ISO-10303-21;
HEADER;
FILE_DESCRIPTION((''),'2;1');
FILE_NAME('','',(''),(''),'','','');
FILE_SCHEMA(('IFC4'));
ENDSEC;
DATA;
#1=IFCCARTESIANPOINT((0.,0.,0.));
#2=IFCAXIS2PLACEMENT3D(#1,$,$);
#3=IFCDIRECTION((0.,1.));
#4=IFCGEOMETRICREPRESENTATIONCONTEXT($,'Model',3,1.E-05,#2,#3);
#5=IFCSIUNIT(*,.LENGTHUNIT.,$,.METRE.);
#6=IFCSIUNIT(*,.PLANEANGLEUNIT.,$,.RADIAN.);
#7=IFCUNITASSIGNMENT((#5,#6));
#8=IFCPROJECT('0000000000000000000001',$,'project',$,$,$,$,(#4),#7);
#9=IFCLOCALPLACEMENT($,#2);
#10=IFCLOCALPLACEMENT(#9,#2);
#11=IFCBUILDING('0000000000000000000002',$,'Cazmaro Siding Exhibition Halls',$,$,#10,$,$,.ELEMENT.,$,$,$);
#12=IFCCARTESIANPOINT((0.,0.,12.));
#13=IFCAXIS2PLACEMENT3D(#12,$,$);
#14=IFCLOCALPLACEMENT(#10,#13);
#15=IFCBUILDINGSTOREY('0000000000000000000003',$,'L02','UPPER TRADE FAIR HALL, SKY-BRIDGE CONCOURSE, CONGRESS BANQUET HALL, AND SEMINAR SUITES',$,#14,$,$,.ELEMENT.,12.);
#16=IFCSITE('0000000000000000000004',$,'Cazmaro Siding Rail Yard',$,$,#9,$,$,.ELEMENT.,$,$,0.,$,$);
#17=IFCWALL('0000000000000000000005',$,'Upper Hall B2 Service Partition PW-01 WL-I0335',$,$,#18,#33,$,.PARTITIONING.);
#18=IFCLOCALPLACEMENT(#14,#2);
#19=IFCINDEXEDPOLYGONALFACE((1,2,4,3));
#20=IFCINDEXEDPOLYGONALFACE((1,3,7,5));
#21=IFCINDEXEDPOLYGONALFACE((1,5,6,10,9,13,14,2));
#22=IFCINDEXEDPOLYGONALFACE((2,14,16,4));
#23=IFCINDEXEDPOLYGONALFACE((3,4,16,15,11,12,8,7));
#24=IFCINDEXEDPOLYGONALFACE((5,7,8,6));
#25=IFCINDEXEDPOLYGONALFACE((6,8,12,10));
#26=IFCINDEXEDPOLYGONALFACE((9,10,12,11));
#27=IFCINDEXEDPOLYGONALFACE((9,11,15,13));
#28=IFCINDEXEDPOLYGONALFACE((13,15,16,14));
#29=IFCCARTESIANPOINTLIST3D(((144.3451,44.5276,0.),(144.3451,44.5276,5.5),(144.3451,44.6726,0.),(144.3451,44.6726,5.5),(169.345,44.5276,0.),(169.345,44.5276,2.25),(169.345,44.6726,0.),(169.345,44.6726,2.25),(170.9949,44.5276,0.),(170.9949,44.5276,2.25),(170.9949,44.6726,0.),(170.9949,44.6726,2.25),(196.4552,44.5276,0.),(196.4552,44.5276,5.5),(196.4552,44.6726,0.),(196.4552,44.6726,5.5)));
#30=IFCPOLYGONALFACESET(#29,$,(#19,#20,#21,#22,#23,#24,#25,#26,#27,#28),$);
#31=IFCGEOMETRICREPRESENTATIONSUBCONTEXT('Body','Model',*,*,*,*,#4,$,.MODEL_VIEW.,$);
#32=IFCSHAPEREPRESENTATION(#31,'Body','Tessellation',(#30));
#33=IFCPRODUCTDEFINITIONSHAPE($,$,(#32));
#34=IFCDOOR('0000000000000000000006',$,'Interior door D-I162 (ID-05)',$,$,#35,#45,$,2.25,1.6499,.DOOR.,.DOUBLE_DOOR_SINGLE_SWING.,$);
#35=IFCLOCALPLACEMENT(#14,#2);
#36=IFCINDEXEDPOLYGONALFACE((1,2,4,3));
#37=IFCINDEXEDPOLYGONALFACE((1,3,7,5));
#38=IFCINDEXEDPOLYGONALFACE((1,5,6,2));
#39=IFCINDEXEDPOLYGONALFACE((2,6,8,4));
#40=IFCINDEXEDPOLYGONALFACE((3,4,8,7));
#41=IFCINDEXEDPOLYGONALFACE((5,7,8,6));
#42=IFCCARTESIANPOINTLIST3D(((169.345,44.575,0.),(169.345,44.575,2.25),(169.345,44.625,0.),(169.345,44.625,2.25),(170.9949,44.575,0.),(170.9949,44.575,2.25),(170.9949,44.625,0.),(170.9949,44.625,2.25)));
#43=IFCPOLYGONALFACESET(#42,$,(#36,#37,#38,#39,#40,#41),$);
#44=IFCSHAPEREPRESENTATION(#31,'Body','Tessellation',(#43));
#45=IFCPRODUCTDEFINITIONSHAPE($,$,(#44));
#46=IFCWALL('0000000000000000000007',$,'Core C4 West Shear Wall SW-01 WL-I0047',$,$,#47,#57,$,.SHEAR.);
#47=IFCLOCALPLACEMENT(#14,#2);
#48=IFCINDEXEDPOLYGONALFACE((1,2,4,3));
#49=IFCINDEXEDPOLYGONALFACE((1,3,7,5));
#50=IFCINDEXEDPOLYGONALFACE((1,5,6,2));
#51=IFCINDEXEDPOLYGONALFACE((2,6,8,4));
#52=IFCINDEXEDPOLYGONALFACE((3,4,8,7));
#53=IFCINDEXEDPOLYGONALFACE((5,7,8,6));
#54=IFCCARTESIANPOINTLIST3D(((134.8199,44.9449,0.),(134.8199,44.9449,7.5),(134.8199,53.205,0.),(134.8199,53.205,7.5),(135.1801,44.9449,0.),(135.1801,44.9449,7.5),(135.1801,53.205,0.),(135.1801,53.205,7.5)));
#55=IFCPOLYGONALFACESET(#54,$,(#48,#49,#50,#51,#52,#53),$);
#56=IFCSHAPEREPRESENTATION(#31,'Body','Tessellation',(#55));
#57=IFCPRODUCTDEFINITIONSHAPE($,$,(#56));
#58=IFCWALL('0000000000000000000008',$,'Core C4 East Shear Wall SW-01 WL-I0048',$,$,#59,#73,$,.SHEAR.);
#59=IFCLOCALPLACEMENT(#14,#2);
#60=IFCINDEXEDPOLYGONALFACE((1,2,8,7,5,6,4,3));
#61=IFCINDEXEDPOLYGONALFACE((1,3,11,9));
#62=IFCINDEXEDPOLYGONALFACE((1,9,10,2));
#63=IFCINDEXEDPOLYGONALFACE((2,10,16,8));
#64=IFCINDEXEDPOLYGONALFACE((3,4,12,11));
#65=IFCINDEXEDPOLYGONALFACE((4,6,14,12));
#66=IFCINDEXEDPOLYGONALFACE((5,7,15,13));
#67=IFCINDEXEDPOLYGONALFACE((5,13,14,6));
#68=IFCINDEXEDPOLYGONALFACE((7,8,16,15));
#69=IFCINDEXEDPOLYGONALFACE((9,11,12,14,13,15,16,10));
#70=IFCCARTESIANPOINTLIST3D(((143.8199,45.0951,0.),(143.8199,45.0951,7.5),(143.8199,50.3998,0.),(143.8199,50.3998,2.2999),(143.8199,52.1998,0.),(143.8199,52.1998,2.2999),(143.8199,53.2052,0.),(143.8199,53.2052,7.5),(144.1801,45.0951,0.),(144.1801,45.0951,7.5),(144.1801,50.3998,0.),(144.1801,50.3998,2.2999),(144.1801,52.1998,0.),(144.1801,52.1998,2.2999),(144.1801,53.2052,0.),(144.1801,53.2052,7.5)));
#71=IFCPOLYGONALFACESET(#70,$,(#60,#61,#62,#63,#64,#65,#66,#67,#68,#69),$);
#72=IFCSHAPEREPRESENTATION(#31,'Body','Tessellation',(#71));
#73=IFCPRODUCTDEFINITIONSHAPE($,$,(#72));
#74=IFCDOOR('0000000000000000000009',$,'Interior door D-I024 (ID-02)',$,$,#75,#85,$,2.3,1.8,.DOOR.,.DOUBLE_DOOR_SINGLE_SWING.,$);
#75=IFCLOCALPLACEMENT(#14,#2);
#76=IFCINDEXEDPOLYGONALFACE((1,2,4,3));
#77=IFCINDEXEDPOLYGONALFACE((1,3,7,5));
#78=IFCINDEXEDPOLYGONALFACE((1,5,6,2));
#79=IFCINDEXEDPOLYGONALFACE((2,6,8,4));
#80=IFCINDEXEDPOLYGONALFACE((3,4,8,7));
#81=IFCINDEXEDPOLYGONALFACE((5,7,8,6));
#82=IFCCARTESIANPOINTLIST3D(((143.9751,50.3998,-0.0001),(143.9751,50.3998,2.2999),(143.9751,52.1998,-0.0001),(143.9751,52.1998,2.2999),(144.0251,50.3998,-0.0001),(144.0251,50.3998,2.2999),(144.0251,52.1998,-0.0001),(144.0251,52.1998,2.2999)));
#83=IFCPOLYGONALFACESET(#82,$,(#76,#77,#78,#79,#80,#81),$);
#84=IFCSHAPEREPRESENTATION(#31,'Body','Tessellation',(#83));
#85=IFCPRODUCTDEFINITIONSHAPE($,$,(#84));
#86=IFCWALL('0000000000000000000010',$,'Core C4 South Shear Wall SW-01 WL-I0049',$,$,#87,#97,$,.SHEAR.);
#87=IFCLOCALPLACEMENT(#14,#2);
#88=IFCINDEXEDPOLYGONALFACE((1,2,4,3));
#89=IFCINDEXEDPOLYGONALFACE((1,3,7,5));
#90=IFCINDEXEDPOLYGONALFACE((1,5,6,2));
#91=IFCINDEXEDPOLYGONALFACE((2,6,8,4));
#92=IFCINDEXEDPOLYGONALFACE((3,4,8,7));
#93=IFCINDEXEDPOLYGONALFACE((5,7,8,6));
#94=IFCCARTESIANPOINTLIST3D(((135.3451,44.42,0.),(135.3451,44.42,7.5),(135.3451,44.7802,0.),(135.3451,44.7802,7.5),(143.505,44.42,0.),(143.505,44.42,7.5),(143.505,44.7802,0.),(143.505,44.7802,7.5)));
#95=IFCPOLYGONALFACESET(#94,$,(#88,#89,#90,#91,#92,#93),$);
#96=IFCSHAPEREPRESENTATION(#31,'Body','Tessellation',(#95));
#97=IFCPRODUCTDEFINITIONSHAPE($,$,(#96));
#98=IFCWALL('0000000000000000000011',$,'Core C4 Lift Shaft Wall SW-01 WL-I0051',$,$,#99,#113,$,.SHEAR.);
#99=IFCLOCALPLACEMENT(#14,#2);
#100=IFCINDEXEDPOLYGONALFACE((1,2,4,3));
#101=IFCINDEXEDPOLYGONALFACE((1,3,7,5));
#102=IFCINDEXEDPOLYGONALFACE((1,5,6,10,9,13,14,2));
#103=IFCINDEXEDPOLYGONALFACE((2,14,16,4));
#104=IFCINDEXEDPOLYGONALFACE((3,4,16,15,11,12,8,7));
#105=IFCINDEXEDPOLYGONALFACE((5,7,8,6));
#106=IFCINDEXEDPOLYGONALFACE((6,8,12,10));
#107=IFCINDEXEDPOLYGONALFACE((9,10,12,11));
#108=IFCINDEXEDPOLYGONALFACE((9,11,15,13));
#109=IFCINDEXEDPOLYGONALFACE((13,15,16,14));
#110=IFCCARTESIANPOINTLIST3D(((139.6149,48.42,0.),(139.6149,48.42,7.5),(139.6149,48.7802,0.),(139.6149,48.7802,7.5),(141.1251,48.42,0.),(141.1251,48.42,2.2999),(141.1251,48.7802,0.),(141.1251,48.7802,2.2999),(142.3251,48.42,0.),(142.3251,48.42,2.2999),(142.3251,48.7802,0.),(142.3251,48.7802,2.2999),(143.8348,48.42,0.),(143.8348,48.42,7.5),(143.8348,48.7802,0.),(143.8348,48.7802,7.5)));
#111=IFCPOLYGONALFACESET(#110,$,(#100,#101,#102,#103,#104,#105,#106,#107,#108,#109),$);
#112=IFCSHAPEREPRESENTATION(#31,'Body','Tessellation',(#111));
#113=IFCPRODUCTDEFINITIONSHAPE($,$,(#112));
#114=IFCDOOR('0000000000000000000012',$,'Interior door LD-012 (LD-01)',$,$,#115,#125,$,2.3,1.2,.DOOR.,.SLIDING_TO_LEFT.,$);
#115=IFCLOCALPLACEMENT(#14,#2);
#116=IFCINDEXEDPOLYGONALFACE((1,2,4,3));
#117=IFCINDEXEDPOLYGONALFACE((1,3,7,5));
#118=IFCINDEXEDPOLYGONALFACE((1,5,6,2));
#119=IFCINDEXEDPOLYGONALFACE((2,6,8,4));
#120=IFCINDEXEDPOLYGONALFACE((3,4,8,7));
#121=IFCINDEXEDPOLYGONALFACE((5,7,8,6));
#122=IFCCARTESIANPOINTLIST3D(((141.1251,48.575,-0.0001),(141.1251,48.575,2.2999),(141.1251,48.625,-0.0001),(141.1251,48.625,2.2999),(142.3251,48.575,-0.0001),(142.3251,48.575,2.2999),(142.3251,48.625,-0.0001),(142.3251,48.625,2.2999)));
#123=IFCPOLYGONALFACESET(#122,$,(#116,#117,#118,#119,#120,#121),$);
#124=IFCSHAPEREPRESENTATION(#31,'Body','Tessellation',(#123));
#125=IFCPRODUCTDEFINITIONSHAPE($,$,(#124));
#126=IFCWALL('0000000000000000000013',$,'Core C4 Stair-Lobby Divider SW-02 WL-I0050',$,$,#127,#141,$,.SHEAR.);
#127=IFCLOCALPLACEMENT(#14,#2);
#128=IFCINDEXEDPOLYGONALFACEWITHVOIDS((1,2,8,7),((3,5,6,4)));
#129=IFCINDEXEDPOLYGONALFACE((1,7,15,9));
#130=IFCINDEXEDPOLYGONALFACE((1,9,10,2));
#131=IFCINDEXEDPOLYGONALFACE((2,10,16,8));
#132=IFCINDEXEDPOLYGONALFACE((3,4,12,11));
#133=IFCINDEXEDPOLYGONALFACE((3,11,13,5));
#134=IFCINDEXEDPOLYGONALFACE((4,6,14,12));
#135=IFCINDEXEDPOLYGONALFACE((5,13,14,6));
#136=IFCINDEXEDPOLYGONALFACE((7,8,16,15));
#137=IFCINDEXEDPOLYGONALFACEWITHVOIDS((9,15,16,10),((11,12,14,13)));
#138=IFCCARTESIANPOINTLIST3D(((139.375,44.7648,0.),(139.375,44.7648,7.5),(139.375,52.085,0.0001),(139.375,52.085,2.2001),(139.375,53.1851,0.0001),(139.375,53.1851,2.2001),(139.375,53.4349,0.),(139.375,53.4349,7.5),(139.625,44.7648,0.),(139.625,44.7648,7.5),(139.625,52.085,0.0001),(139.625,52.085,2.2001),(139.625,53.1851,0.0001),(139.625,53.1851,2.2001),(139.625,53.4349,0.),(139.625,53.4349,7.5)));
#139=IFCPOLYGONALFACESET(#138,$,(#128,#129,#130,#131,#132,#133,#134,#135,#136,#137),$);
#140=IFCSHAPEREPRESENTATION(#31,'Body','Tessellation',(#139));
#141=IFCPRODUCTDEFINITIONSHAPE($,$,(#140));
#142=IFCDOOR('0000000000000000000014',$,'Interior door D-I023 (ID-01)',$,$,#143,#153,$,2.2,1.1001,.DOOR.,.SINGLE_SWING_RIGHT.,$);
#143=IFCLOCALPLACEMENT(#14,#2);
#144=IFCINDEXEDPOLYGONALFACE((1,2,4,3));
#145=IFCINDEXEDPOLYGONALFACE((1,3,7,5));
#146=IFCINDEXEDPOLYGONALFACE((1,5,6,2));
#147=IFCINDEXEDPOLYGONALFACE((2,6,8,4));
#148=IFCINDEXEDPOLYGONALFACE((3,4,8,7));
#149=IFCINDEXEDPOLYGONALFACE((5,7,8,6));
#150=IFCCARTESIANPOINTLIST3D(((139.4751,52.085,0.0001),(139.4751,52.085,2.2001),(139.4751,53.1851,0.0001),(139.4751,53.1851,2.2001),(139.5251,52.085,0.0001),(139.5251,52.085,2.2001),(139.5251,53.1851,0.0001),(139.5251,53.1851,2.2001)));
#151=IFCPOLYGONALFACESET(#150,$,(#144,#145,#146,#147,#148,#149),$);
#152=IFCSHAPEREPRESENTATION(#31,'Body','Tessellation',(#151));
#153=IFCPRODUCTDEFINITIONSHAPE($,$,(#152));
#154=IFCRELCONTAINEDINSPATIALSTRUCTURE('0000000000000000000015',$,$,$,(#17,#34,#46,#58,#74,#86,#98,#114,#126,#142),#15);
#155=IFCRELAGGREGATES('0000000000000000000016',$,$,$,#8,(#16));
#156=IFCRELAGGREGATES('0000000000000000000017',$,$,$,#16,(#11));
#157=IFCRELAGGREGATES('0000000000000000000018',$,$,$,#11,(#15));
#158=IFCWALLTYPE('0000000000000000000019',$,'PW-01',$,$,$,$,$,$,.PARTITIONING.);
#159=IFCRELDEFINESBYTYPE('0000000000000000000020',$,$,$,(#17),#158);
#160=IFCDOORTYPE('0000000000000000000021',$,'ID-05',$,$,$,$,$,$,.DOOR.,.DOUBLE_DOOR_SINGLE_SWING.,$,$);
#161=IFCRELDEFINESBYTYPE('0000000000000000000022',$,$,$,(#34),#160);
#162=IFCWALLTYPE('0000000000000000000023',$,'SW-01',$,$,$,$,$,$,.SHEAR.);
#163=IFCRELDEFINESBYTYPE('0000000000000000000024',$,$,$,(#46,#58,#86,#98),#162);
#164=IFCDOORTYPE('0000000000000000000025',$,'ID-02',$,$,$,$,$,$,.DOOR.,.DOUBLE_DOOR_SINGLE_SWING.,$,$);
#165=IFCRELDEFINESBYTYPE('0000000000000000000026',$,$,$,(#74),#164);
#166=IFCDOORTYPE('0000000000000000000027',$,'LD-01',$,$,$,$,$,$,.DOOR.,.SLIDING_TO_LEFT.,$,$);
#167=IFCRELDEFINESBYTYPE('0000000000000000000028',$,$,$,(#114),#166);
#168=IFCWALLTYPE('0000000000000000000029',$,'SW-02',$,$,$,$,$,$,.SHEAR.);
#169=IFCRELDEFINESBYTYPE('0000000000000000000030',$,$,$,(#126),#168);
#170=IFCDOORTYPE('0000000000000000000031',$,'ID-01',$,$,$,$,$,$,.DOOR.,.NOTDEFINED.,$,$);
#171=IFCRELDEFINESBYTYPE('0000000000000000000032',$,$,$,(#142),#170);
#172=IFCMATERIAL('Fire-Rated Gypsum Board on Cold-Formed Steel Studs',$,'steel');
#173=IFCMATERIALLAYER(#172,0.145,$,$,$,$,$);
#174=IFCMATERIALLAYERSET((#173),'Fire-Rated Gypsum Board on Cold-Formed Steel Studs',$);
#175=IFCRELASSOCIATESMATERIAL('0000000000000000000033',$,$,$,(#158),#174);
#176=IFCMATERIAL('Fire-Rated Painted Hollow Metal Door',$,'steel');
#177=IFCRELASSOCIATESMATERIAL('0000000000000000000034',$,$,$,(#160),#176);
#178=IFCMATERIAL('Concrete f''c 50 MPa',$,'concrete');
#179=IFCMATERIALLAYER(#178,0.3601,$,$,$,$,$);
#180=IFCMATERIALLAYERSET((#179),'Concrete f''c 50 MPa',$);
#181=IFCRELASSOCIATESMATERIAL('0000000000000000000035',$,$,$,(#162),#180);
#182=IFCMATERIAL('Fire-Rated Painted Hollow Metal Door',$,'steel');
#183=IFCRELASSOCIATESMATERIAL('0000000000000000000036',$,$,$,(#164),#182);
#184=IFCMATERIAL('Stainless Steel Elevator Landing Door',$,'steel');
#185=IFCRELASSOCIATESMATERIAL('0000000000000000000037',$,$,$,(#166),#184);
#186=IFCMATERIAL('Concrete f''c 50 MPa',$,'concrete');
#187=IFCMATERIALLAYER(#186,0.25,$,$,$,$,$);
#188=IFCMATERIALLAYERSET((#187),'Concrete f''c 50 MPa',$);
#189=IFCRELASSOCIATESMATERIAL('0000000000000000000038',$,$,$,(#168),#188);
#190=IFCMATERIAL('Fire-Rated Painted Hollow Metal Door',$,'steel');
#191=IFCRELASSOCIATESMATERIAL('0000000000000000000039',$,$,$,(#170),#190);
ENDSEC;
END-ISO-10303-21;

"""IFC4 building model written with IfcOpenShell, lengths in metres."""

from ifc_helpers import new_model, si_unit, direction, frame, frame_2d, origin, place, context, subcontext, project, spatial, rectangle, extrude, material, layer, layer_set, type_object, element, fill, save


model = new_model("IFC4")

# Units and contexts
model_context = context("Model", 3, precision=1e-05, world=origin(), true_north=direction((0.0, 1.0)))
body_context = subcontext(model_context, "Body", "Model", "MODEL_VIEW")
ifc_project = project(units=[si_unit("LENGTHUNIT", "METRE"), si_unit("PLANEANGLEUNIT", "RADIAN")], contexts=[model_context])

# Site, building, storey
site_placement = place(None, origin())
site = spatial("IfcSite", under=ifc_project, at=site_placement, Name="Cazmaro Siding Rail Yard", CompositionType="ELEMENT", RefElevation=0.0)
building_placement = place(site_placement, origin())
building = spatial("IfcBuilding", under=site, at=building_placement, Name="Cazmaro Siding Exhibition Halls", CompositionType="ELEMENT")
storey_placement = place(building_placement, frame((0.0, 0.0, 12.0)))
storey = spatial("IfcBuildingStorey", under=building, at=storey_placement, Name="L02", Description="UPPER TRADE FAIR HALL, SKY-BRIDGE CONCOURSE, CONGRESS BANQUET HALL, AND SEMINAR SUITES", CompositionType="ELEMENT", Elevation=12.0)

# Wall, opening, door
ifc_material_1 = material(Name="Fire-Rated Gypsum Board on Cold-Formed Steel Studs", Category="steel")
ifc_layer_1 = layer(ifc_material_1, 0.145)
ifc_layer_set_1 = layer_set([ifc_layer_1], Name="Fire-Rated Gypsum Board on Cold-Formed Steel Studs")
wall_type_1 = type_object("IfcWallType", Name="PW-01", PredefinedType="PARTITIONING", material=ifc_layer_set_1)
wall_1_placement = place(storey_placement, frame((144.345, 44.6001, 0.0), z_axis=(0.0, 0.0, 1.0), x_axis=(1.0, 0.0, 0.0)))
wall_1 = element("IfcWall", 1, at=wall_1_placement, inside=storey, type_object=wall_type_1, Name="Upper Hall B2 Service Partition PW-01 WL-I0335", PredefinedType="PARTITIONING", context=body_context, shape_type="SweptSolid", body=[
    extrude(rectangle(XDim=52.1101, YDim=0.145, at=frame_2d((26.0552, 0.0))), origin(), (0.0, 0.0, 1.0), 5.5),
])
opening_1_placement = place(wall_1_placement, frame((25.0, 0.0, 0.0)))
opening_1 = element("IfcOpeningElement", 2, at=opening_1_placement, cuts=wall_1, PredefinedType="OPENING", context=body_context, shape_type="SweptSolid", body=[
    extrude(rectangle(XDim=1.6499, YDim=2.25, at=frame_2d((0.825, 1.125))), frame((0.0, 0.0825, 0.0), z_axis=(0.0, -1.0, 0.0), x_axis=(1.0, 0.0, 0.0)), (0.0, 0.0, 1.0), 0.165),
])
ifc_material_2 = material(Name="Fire-Rated Painted Hollow Metal Door", Category="steel")
door_type_1 = type_object("IfcDoorType", Name="ID-05", OperationType="DOUBLE_DOOR_SINGLE_SWING", PredefinedType="DOOR", material=ifc_material_2)
door_1_placement = place(opening_1_placement, origin())
door_1 = element("IfcDoor", 3, at=door_1_placement, inside=storey, type_object=door_type_1, Name="Interior door D-I162 (ID-05)", OperationType="DOUBLE_DOOR_SINGLE_SWING", OverallHeight=2.25, OverallWidth=1.6499, PredefinedType="DOOR", context=body_context, shape_type="SweptSolid", body=[
    extrude(rectangle(XDim=1.6499, YDim=2.25, at=frame_2d((0.825, 1.125))), frame((0.0, 0.0249, 0.0), z_axis=(0.0, -1.0, 0.0), x_axis=(1.0, 0.0, 0.0)), (0.0, 0.0, 1.0), 0.05),
])
fill(opening_1, door_1)

# Wall
ifc_material_3 = material(Name="Concrete f'c 50 MPa", Category="concrete")
ifc_layer_2 = layer(ifc_material_3, 0.3601)
ifc_layer_set_2 = layer_set([ifc_layer_2], Name="Concrete f'c 50 MPa")
wall_type_2 = type_object("IfcWallType", Name="SW-01", PredefinedType="SHEAR", material=ifc_layer_set_2)
wall_2_placement = place(storey_placement, frame((135.0, 44.9451, 0.0), z_axis=(0.0, 0.0, 1.0), x_axis=(0.0, 1.0, 0.0)))
element("IfcWall", 4, at=wall_2_placement, inside=storey, type_object=wall_type_2, Name="Core C4 West Shear Wall SW-01 WL-I0047", PredefinedType="SHEAR", context=body_context, shape_type="SweptSolid", body=[
    extrude(rectangle(XDim=8.26, YDim=0.3601, at=frame_2d((4.1299, 0.0))), origin(), (0.0, 0.0, 1.0), 7.5),
])

# Wall, opening, door
wall_3_placement = place(storey_placement, frame((144.0, 45.095, 0.0), z_axis=(0.0, 0.0, 1.0), x_axis=(0.0, 1.0, 0.0)))
wall_3 = element("IfcWall", 5, at=wall_3_placement, inside=storey, type_object=wall_type_2, Name="Core C4 East Shear Wall SW-01 WL-I0048", PredefinedType="SHEAR", context=body_context, shape_type="SweptSolid", body=[
    extrude(rectangle(XDim=8.1101, YDim=0.3601, at=frame_2d((4.0552, 0.0))), origin(), (0.0, 0.0, 1.0), 7.5),
])
opening_2_placement = place(wall_3_placement, frame((5.3049, 0.0, 0.0)))
opening_2 = element("IfcOpeningElement", 6, at=opening_2_placement, cuts=wall_3, PredefinedType="OPENING", context=body_context, shape_type="SweptSolid", body=[
    extrude(rectangle(XDim=1.8, YDim=2.3, at=frame_2d((0.8999, 1.1499))), frame((0.0, 0.1899, 0.0), z_axis=(0.0, -1.0, 0.0), x_axis=(1.0, 0.0, 0.0)), (0.0, 0.0, 1.0), 0.3801),
])
ifc_material_4 = material(Name="Fire-Rated Painted Hollow Metal Door", Category="steel")
door_type_2 = type_object("IfcDoorType", Name="ID-02", OperationType="DOUBLE_DOOR_SINGLE_SWING", PredefinedType="DOOR", material=ifc_material_4)
door_2_placement = place(opening_2_placement, origin())
door_2 = element("IfcDoor", 7, at=door_2_placement, inside=storey, type_object=door_type_2, Name="Interior door D-I024 (ID-02)", OperationType="DOUBLE_DOOR_SINGLE_SWING", OverallHeight=2.3, OverallWidth=1.8, PredefinedType="DOOR", context=body_context, shape_type="SweptSolid", body=[
    extrude(rectangle(XDim=1.8, YDim=2.3, at=frame_2d((0.8999, 1.1499))), frame((0.0, 0.0249, 0.0), z_axis=(0.0, -1.0, 0.0), x_axis=(1.0, 0.0, 0.0)), (0.0, 0.0, 1.0), 0.05),
])
fill(opening_2, door_2)

# Wall
wall_4_placement = place(storey_placement, frame((135.345, 44.6001, 0.0), z_axis=(0.0, 0.0, 1.0), x_axis=(1.0, 0.0, 0.0)))
element("IfcWall", 8, at=wall_4_placement, inside=storey, type_object=wall_type_2, Name="Core C4 South Shear Wall SW-01 WL-I0049", PredefinedType="SHEAR", context=body_context, shape_type="SweptSolid", body=[
    extrude(rectangle(XDim=8.1599, YDim=0.3601, at=frame_2d((4.0801, 0.0))), origin(), (0.0, 0.0, 1.0), 7.5),
])

# Walls, openings, doors
wall_5_placement = place(storey_placement, frame((139.615, 48.6001, 0.0), z_axis=(0.0, 0.0, 1.0), x_axis=(1.0, 0.0, 0.0)))
wall_5 = element("IfcWall", 9, at=wall_5_placement, inside=storey, type_object=wall_type_2, Name="Core C4 Lift Shaft Wall SW-01 WL-I0051", PredefinedType="SHEAR", context=body_context, shape_type="SweptSolid", body=[
    extrude(rectangle(XDim=4.22, YDim=0.3601, at=frame_2d((2.1099, 0.0))), origin(), (0.0, 0.0, 1.0), 7.5),
])
opening_3_placement = place(wall_5_placement, frame((1.51, 0.0, 0.0)))
opening_3 = element("IfcOpeningElement", 10, at=opening_3_placement, cuts=wall_5, PredefinedType="OPENING", context=body_context, shape_type="SweptSolid", body=[
    extrude(rectangle(XDim=1.2, YDim=2.3, at=frame_2d((0.6001, 1.1499))), frame((0.0, 0.1899, 0.0), z_axis=(0.0, -1.0, 0.0), x_axis=(1.0, 0.0, 0.0)), (0.0, 0.0, 1.0), 0.3801),
])
ifc_material_5 = material(Name="Stainless Steel Elevator Landing Door", Category="steel")
door_type_3 = type_object("IfcDoorType", Name="LD-01", OperationType="SLIDING_TO_LEFT", PredefinedType="DOOR", material=ifc_material_5)
door_3_placement = place(opening_3_placement, origin())
door_3 = element("IfcDoor", 11, at=door_3_placement, inside=storey, type_object=door_type_3, Name="Interior door LD-012 (LD-01)", OperationType="SLIDING_TO_LEFT", OverallHeight=2.3, OverallWidth=1.2, PredefinedType="DOOR", context=body_context, shape_type="SweptSolid", body=[
    extrude(rectangle(XDim=1.2, YDim=2.3, at=frame_2d((0.6001, 1.1499))), frame((0.0, 0.0249, 0.0), z_axis=(0.0, -1.0, 0.0), x_axis=(1.0, 0.0, 0.0)), (0.0, 0.0, 1.0), 0.05),
])
fill(opening_3, door_3)
ifc_material_6 = material(Name="Concrete f'c 50 MPa", Category="concrete")
ifc_layer_3 = layer(ifc_material_6, 0.25)
ifc_layer_set_3 = layer_set([ifc_layer_3], Name="Concrete f'c 50 MPa")
wall_type_3 = type_object("IfcWallType", Name="SW-02", PredefinedType="SHEAR", material=ifc_layer_set_3)
wall_6_placement = place(storey_placement, frame((139.5, 44.7649, 0.0), z_axis=(0.0, 0.0, 1.0), x_axis=(0.0, 1.0, 0.0)))
wall_6 = element("IfcWall", 12, at=wall_6_placement, inside=storey, type_object=wall_type_3, Name="Core C4 Stair-Lobby Divider SW-02 WL-I0050", PredefinedType="SHEAR", context=body_context, shape_type="SweptSolid", body=[
    extrude(rectangle(XDim=8.6702, YDim=0.25, at=frame_2d((4.335, 0.0))), origin(), (0.0, 0.0, 1.0), 7.5),
])
opening_4_placement = place(wall_6_placement, frame((7.3201, 0.0, 0.0)))
opening_4 = element("IfcOpeningElement", 13, at=opening_4_placement, cuts=wall_6, PredefinedType="OPENING", context=body_context, shape_type="SweptSolid", body=[
    extrude(rectangle(XDim=1.1001, YDim=2.2, at=frame_2d((0.55, 1.1001))), frame((0.0, 0.135, 0.0), z_axis=(0.0, -1.0, 0.0), x_axis=(1.0, 0.0, 0.0)), (0.0, 0.0, 1.0), 0.27),
])
ifc_material_7 = material(Name="Fire-Rated Painted Hollow Metal Door", Category="steel")
door_type_4 = type_object("IfcDoorType", Name="ID-01", OperationType="NOTDEFINED", PredefinedType="DOOR", material=ifc_material_7)
door_4_placement = place(opening_4_placement, origin())
door_4 = element("IfcDoor", 14, at=door_4_placement, inside=storey, type_object=door_type_4, Name="Interior door D-I023 (ID-01)", OperationType="SINGLE_SWING_RIGHT", OverallHeight=2.2, OverallWidth=1.1001, PredefinedType="DOOR", context=body_context, shape_type="SweptSolid", body=[
    extrude(rectangle(XDim=1.1001, YDim=2.2, at=frame_2d((0.55, 1.1001))), frame((0.0, 0.0249, 0.0), z_axis=(0.0, -1.0, 0.0), x_axis=(1.0, 0.0, 0.0)), (0.0, 0.0, 1.0), 0.05),
])
fill(opening_4, door_4)

save(model, "model.ifc")
